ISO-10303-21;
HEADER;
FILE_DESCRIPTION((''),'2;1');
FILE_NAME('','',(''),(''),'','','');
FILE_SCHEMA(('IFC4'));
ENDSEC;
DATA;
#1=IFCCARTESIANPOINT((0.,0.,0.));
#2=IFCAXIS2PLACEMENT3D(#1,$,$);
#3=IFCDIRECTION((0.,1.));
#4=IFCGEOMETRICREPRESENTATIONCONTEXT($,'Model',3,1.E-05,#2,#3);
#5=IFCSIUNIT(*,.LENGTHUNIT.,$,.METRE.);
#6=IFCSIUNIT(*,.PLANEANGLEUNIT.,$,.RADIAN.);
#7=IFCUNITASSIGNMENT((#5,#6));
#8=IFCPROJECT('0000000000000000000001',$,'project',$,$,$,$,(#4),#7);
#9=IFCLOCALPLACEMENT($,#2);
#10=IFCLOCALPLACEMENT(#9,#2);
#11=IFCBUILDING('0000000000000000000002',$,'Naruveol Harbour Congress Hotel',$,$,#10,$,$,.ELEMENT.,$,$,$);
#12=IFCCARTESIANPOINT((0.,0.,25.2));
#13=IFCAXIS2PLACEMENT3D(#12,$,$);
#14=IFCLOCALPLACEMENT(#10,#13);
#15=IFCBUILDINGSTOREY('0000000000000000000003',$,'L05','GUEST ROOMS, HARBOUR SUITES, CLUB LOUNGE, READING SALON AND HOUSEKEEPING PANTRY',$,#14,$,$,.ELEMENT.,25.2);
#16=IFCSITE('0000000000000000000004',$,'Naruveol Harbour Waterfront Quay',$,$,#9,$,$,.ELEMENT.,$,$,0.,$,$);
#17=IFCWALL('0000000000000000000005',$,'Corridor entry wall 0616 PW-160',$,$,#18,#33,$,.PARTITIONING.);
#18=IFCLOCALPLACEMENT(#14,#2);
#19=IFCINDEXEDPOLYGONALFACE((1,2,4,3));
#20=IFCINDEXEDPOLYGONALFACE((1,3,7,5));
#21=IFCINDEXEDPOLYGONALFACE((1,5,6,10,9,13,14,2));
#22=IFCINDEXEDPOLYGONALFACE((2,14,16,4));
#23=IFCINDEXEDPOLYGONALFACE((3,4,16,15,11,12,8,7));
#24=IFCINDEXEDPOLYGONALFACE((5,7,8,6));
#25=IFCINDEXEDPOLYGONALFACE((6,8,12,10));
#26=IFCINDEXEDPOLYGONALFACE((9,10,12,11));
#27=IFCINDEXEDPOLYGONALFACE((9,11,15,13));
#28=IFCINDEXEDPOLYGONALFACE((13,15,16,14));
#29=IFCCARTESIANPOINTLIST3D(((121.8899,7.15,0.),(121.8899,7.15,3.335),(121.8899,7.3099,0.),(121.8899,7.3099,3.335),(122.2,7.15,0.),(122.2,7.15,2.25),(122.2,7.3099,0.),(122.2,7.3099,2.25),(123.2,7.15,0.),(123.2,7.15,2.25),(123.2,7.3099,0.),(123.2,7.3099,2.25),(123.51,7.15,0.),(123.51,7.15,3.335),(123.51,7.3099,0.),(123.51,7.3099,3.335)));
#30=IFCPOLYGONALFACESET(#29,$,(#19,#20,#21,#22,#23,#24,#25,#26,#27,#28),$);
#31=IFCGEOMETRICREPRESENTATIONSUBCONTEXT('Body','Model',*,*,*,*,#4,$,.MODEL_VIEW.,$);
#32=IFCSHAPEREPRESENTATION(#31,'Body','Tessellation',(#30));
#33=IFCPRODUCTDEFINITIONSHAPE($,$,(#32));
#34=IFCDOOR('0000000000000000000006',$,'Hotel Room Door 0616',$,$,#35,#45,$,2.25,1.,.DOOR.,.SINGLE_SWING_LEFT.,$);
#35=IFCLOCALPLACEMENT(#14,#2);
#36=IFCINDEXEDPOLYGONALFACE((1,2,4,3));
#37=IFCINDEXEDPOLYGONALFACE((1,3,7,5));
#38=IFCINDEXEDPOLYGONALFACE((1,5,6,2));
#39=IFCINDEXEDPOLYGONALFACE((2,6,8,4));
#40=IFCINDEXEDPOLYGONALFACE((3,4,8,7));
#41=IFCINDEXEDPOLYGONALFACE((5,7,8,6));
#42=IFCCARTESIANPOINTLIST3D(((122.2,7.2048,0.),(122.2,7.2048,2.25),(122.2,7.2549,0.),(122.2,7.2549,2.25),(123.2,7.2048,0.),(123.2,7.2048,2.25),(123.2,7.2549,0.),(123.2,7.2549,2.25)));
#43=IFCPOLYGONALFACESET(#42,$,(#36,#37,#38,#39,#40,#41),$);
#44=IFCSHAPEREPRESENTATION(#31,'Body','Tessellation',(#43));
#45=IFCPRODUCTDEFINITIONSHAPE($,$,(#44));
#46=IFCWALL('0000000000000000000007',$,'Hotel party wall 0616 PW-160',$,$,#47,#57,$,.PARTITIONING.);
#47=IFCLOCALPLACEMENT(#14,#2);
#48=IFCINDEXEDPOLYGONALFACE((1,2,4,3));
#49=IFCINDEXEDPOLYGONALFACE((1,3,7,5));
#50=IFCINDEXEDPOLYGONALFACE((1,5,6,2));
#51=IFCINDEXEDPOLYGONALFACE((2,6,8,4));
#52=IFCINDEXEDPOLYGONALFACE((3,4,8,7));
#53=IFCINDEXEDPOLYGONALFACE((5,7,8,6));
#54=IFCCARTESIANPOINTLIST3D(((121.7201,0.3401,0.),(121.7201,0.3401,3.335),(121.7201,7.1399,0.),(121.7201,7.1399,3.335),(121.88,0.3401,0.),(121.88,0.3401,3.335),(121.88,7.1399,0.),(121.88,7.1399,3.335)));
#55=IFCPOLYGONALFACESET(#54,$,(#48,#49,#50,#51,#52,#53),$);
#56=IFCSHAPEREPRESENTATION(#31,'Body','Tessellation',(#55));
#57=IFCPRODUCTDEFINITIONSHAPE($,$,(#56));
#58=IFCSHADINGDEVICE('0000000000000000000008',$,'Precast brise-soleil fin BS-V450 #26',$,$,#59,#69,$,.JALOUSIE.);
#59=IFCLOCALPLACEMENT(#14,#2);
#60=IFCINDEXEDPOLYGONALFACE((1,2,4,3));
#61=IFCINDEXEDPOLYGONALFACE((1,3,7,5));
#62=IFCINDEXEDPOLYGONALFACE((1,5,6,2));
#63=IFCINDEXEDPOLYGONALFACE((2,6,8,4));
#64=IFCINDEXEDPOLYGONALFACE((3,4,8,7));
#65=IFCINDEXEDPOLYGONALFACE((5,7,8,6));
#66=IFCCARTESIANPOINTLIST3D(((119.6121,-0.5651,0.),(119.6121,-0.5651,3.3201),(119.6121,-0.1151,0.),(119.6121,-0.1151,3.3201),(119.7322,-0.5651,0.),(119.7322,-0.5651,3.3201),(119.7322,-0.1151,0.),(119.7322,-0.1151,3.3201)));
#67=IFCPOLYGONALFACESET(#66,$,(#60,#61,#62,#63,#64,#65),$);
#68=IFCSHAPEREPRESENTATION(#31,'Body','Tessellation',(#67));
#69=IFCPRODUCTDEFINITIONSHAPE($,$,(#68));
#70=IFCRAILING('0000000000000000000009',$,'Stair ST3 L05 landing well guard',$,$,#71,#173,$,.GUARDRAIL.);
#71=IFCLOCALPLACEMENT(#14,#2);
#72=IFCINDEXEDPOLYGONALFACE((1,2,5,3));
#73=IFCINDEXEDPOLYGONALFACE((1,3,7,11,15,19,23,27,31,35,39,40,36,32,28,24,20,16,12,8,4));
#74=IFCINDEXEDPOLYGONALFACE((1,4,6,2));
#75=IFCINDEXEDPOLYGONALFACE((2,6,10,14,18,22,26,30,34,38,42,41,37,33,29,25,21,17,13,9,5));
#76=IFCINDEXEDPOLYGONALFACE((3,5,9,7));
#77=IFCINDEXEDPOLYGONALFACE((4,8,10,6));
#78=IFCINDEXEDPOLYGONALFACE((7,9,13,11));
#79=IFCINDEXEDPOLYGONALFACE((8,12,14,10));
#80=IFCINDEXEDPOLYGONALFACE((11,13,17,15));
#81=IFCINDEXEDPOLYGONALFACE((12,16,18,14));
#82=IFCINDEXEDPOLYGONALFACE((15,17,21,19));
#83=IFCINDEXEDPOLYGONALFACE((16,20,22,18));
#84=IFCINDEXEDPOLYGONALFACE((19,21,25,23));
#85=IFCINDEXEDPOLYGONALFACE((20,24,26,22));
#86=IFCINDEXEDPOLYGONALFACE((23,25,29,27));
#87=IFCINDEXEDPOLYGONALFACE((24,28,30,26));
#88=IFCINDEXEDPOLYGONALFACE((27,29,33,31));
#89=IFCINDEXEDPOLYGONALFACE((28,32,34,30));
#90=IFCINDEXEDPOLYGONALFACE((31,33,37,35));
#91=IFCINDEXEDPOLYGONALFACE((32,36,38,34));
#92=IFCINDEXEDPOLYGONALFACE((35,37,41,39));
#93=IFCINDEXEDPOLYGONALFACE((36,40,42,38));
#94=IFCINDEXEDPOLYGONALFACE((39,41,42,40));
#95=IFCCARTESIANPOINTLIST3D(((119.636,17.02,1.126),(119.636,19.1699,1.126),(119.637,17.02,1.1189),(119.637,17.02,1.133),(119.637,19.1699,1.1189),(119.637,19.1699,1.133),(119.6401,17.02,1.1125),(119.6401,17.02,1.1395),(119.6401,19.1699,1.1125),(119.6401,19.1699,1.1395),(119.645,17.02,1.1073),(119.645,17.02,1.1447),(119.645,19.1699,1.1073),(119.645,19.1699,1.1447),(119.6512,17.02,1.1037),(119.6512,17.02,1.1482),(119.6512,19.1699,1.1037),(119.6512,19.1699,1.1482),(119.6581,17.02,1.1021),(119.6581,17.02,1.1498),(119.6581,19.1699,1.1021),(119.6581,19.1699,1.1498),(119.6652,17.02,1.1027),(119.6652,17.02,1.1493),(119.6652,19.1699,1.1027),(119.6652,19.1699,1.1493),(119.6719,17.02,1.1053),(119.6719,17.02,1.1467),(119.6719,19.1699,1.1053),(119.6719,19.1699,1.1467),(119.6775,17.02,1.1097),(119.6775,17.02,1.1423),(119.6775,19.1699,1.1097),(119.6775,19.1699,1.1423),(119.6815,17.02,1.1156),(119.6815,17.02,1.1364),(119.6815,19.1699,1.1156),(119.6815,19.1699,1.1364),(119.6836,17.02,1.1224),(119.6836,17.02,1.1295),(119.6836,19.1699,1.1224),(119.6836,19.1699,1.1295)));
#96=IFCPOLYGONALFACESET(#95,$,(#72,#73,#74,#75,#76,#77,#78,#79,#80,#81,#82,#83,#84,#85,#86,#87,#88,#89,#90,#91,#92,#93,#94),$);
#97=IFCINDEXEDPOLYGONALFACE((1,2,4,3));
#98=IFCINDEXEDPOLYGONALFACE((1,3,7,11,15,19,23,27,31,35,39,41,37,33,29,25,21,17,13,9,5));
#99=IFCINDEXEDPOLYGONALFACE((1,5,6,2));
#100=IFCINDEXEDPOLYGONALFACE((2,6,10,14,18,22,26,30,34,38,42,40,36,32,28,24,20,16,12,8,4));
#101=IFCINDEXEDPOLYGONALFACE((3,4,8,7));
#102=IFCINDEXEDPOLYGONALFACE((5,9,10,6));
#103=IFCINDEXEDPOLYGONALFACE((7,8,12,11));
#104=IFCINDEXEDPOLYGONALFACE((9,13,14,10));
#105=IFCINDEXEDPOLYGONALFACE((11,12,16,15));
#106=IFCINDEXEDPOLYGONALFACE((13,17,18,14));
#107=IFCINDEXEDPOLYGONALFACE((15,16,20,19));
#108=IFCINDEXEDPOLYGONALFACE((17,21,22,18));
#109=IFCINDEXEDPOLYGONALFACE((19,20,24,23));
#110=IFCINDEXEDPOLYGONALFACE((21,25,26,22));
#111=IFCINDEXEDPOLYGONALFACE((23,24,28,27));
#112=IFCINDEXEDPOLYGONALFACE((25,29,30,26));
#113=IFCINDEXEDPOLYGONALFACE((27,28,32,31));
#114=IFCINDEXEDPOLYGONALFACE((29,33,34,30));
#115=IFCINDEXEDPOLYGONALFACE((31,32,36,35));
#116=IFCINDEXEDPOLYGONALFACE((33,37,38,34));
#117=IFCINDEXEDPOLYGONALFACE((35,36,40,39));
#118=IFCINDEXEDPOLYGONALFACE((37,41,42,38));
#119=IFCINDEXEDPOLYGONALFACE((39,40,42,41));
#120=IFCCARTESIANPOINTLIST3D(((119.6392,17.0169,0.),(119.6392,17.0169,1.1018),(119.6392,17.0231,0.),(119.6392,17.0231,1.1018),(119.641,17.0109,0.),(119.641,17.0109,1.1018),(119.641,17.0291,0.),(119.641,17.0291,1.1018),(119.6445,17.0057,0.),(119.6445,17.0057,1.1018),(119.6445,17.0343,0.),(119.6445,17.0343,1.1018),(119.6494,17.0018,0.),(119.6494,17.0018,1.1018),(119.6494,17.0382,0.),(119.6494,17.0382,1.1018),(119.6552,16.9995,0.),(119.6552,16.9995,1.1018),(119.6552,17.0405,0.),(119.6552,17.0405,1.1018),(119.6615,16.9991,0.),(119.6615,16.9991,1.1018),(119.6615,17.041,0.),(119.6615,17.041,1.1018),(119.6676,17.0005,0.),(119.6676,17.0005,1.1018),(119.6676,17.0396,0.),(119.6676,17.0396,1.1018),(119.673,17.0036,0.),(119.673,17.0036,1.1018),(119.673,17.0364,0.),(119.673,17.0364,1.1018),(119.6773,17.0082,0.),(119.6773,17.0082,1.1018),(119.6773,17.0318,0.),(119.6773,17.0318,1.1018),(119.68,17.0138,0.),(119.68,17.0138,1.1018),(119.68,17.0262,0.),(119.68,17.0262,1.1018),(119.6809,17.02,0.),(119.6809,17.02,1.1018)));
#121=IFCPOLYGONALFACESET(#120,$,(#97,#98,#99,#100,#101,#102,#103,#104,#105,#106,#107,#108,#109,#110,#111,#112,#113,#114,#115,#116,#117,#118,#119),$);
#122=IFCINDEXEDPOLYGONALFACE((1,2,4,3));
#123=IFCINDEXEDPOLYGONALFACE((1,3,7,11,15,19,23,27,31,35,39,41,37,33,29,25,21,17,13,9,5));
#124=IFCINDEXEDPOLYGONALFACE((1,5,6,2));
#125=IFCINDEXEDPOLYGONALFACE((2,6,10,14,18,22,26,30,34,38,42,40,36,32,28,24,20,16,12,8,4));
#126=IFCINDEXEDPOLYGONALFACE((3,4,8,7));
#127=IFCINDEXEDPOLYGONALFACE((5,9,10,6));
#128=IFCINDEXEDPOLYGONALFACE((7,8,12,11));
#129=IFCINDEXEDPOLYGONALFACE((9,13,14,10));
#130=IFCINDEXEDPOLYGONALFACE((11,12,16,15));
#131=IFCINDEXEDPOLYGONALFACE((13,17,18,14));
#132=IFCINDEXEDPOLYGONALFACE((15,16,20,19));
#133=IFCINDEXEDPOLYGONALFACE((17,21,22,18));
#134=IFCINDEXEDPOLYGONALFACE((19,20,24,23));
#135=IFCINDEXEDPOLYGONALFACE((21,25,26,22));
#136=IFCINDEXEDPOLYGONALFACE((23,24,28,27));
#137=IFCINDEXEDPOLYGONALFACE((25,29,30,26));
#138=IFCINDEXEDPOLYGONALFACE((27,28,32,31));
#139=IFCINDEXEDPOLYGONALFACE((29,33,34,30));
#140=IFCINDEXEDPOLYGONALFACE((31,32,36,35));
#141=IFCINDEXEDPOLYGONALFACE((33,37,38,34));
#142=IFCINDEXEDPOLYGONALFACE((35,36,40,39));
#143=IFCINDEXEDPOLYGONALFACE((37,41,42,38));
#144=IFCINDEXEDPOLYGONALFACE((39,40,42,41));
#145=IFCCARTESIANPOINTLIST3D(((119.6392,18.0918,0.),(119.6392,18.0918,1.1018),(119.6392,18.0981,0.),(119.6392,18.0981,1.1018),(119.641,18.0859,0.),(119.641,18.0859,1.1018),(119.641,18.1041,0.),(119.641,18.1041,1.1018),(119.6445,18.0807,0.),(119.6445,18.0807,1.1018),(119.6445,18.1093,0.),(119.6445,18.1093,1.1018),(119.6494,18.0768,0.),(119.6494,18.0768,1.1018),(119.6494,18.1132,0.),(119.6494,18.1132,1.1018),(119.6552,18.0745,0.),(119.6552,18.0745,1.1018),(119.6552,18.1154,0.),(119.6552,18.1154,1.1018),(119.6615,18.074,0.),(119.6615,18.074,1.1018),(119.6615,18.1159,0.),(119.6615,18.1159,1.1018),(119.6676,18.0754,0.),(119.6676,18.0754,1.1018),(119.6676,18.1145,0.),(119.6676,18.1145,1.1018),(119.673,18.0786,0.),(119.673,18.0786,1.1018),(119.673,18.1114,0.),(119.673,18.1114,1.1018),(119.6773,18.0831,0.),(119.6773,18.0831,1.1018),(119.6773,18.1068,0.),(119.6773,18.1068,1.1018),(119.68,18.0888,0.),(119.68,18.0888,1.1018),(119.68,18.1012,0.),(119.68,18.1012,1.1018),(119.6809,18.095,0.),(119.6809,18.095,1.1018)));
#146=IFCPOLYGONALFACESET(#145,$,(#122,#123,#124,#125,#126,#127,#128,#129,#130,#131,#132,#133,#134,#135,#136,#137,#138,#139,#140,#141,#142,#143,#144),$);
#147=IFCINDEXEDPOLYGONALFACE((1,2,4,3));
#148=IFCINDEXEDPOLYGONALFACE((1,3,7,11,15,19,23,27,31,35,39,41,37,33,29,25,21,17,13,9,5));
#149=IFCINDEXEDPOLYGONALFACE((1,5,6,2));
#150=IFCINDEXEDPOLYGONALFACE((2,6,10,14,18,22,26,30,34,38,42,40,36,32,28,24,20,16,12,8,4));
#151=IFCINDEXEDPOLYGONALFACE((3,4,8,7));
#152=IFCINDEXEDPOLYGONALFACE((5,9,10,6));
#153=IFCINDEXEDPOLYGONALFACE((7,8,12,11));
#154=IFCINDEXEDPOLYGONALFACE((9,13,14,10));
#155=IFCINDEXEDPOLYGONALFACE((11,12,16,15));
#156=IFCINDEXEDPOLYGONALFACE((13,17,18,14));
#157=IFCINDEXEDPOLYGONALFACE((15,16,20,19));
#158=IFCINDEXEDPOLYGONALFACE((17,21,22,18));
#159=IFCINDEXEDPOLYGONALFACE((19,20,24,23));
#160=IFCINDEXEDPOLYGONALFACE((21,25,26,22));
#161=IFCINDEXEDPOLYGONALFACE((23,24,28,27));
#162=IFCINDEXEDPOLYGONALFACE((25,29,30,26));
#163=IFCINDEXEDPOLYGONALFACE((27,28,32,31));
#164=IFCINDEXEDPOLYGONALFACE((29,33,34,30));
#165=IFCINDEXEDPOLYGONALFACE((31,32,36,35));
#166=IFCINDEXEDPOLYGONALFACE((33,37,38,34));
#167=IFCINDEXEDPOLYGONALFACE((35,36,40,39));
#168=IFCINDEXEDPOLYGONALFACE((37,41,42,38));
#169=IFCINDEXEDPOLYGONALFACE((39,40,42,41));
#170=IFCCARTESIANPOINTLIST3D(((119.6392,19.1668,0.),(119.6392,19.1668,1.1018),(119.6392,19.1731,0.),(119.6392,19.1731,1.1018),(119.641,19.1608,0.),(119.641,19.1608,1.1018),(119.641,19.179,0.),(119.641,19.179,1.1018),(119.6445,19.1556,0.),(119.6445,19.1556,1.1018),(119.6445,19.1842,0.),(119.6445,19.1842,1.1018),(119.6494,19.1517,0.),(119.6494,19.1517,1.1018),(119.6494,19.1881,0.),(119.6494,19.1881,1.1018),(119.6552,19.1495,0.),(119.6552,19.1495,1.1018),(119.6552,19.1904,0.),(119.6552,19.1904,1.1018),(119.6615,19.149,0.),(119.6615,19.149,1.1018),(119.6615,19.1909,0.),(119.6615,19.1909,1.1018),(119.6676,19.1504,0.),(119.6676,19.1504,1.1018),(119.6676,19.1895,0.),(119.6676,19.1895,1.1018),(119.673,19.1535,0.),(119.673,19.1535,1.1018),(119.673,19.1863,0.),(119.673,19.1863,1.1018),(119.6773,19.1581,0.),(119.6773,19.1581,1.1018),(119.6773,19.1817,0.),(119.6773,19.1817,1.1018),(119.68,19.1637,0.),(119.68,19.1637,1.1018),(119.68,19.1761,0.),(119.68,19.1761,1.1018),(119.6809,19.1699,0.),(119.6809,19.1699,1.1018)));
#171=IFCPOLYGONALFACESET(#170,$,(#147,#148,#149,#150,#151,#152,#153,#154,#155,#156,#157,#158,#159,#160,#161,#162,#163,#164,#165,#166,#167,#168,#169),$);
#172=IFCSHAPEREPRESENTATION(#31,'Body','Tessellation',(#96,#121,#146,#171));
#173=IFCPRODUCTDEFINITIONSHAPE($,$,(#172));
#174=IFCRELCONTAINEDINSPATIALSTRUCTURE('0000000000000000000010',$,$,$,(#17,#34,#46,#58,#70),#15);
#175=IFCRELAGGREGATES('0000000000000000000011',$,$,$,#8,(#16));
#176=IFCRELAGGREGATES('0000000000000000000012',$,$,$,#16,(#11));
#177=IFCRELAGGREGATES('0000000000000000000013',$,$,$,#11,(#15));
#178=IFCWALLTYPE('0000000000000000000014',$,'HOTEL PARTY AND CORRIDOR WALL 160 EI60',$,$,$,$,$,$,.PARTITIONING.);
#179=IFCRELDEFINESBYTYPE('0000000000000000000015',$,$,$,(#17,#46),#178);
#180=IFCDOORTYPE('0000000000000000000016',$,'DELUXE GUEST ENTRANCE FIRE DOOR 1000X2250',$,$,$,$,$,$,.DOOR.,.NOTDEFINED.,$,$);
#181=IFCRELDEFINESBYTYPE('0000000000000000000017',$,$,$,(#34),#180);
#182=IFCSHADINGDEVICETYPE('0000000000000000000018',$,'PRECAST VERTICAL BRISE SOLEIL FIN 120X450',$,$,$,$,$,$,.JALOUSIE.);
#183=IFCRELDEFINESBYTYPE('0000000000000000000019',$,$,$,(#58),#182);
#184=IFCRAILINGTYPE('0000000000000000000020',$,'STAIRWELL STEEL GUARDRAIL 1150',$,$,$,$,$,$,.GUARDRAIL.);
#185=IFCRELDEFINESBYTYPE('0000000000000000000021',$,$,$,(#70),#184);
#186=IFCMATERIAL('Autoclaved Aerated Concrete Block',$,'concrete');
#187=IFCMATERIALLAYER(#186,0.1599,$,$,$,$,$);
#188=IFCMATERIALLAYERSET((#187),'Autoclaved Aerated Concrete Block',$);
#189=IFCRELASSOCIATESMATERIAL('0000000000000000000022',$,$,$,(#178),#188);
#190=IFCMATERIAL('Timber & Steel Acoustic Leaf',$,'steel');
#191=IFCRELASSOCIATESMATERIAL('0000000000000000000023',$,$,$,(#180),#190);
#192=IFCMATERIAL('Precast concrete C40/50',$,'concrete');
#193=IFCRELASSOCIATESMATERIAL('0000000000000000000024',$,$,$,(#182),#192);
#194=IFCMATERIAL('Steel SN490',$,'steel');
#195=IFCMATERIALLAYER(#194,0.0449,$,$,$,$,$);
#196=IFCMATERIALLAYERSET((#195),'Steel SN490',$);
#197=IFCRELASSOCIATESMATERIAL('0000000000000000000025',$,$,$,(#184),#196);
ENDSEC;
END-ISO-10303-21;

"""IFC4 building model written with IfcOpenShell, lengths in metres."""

from ifc_helpers import new_model, si_unit, direction, frame, frame_2d, origin, origin_2d, place, context, subcontext, project, spatial, rectangle, circle, extrude, material, layer, layer_set, type_object, element, fill, save


model = new_model("IFC4")

# Units and contexts
model_context = context("Model", 3, precision=1e-05, world=origin(), true_north=direction((0.0, 1.0)))
body_context = subcontext(model_context, "Body", "Model", "MODEL_VIEW")
ifc_project = project(units=[si_unit("LENGTHUNIT", "METRE"), si_unit("PLANEANGLEUNIT", "RADIAN")], contexts=[model_context])

# Site, building, storey
site_placement = place(None, origin())
site = spatial("IfcSite", under=ifc_project, at=site_placement, Name="Naruveol Harbour Waterfront Quay", CompositionType="ELEMENT", RefElevation=0.0)
building_placement = place(site_placement, origin())
building = spatial("IfcBuilding", under=site, at=building_placement, Name="Naruveol Harbour Congress Hotel", CompositionType="ELEMENT")
storey_placement = place(building_placement, frame((0.0, 0.0, 25.2)))
storey = spatial("IfcBuildingStorey", under=building, at=storey_placement, Name="L05", Description="GUEST ROOMS, HARBOUR SUITES, CLUB LOUNGE, READING SALON AND HOUSEKEEPING PANTRY", CompositionType="ELEMENT", Elevation=25.2)

# Shared definitions
ifc_material_1 = material(Name="Autoclaved Aerated Concrete Block", Category="concrete")
ifc_layer_1 = layer(ifc_material_1, 0.1599)
ifc_layer_set_1 = layer_set([ifc_layer_1], Name="Autoclaved Aerated Concrete Block")
wall_type_1 = type_object("IfcWallType", Name="HOTEL PARTY AND CORRIDOR WALL 160 EI60", PredefinedType="PARTITIONING", material=ifc_layer_set_1)

# Wall, opening, door
wall_1_placement = place(storey_placement, frame((121.8899, 7.23, 0.0), z_axis=(0.0, 0.0, 1.0), x_axis=(1.0, 0.0, 0.0)))
wall_1 = element("IfcWall", 1, at=wall_1_placement, inside=storey, type_object=wall_type_1, Name="Corridor entry wall 0616 PW-160", PredefinedType="PARTITIONING", context=body_context, shape_type="SweptSolid", body=[
    extrude(rectangle(XDim=1.6201, YDim=0.1599, at=frame_2d((0.8101, 0.0))), origin(), (0.0, 0.0, 1.0), 3.335),
])
opening_1_placement = place(wall_1_placement, frame((0.3101, 0.0, 0.0)))
opening_1 = element("IfcOpeningElement", 2, at=opening_1_placement, cuts=wall_1, PredefinedType="OPENING", context=body_context, shape_type="SweptSolid", body=[
    extrude(rectangle(XDim=1.0, YDim=2.25, at=frame_2d((0.5, 1.125))), frame((0.0, 0.0898, 0.0), z_axis=(0.0, -1.0, 0.0), x_axis=(1.0, 0.0, 0.0)), (0.0, 0.0, 1.0), 0.1799),
])
ifc_material_2 = material(Name="Timber & Steel Acoustic Leaf", Category="steel")
door_type_1 = type_object("IfcDoorType", Name="DELUXE GUEST ENTRANCE FIRE DOOR 1000X2250", OperationType="NOTDEFINED", PredefinedType="DOOR", material=ifc_material_2)
door_1_placement = place(opening_1_placement, origin())
door_1 = element("IfcDoor", 3, at=door_1_placement, inside=storey, type_object=door_type_1, Name="Hotel Room Door 0616", OperationType="SINGLE_SWING_LEFT", OverallHeight=2.25, OverallWidth=1.0, PredefinedType="DOOR", context=body_context, shape_type="SweptSolid", body=[
    extrude(rectangle(XDim=1.0, YDim=2.25, at=frame_2d((0.5, 1.125))), frame((0.0, 0.0249, 0.0), z_axis=(0.0, -1.0, 0.0), x_axis=(1.0, 0.0, 0.0)), (0.0, 0.0, 1.0), 0.05),
])
fill(opening_1, door_1)

# Wall
wall_2_placement = place(storey_placement, frame((121.8, 0.3401, 0.0), z_axis=(0.0, 0.0, 1.0), x_axis=(0.0, 1.0, 0.0)))
element("IfcWall", 4, at=wall_2_placement, inside=storey, type_object=wall_type_1, Name="Hotel party wall 0616 PW-160", PredefinedType="PARTITIONING", context=body_context, shape_type="SweptSolid", body=[
    extrude(rectangle(XDim=6.7998, YDim=0.1599, at=frame_2d((3.3999, 0.0))), origin(), (0.0, 0.0, 1.0), 3.335),
])

# Shading device
ifc_material_3 = material(Name="Precast concrete C40/50", Category="concrete")
shading_device_type = type_object("IfcShadingDeviceType", Name="PRECAST VERTICAL BRISE SOLEIL FIN 120X450", PredefinedType="JALOUSIE", material=ifc_material_3)
shading_device_placement = place(storey_placement, frame((119.6721, -0.3401, 0.0), z_axis=(0.0, 0.0, 1.0), x_axis=(-1.0, 0.0, 0.0)))
element("IfcShadingDevice", 5, at=shading_device_placement, inside=storey, type_object=shading_device_type, Name="Precast brise-soleil fin BS-V450 #26", PredefinedType="JALOUSIE", context=body_context, shape_type="SweptSolid", body=[
    extrude(rectangle(XDim=0.1201, YDim=0.45, at=origin_2d()), origin(), (0.0, 0.0, 1.0), 3.3201),
])

# Railing
ifc_material_4 = material(Name="Steel SN490", Category="steel")
ifc_layer_2 = layer(ifc_material_4, 0.0449)
ifc_layer_set_2 = layer_set([ifc_layer_2], Name="Steel SN490")
railing_type = type_object("IfcRailingType", Name="STAIRWELL STEEL GUARDRAIL 1150", PredefinedType="GUARDRAIL", material=ifc_layer_set_2)
railing_placement = place(storey_placement, frame((119.6599, 17.02, 0.0)))
element("IfcRailing", 6, at=railing_placement, inside=storey, type_object=railing_type, Name="Stair ST3 L05 landing well guard", PredefinedType="GUARDRAIL", context=body_context, shape_type="SweptSolid", body=[
    extrude(circle(Radius=0.0239, at=origin_2d()), frame((0.0, 0.0, 1.126), z_axis=(0.0, 1.0, 0.0), x_axis=(-1.0, 0.0, 0.0)), (0.0, 0.0, 1.0), 2.1499),
    extrude(circle(Radius=0.021, at=origin_2d()), origin(), (0.0, 0.0, 1.0), 1.1018),
    extrude(circle(Radius=0.021, at=origin_2d()), frame((0.0, 1.075, 0.0)), (0.0, 0.0, 1.0), 1.1018),
    extrude(circle(Radius=0.021, at=origin_2d()), frame((0.0, 2.1499, 0.0)), (0.0, 0.0, 1.0), 1.1018),
])

save(model, "model.ifc")
